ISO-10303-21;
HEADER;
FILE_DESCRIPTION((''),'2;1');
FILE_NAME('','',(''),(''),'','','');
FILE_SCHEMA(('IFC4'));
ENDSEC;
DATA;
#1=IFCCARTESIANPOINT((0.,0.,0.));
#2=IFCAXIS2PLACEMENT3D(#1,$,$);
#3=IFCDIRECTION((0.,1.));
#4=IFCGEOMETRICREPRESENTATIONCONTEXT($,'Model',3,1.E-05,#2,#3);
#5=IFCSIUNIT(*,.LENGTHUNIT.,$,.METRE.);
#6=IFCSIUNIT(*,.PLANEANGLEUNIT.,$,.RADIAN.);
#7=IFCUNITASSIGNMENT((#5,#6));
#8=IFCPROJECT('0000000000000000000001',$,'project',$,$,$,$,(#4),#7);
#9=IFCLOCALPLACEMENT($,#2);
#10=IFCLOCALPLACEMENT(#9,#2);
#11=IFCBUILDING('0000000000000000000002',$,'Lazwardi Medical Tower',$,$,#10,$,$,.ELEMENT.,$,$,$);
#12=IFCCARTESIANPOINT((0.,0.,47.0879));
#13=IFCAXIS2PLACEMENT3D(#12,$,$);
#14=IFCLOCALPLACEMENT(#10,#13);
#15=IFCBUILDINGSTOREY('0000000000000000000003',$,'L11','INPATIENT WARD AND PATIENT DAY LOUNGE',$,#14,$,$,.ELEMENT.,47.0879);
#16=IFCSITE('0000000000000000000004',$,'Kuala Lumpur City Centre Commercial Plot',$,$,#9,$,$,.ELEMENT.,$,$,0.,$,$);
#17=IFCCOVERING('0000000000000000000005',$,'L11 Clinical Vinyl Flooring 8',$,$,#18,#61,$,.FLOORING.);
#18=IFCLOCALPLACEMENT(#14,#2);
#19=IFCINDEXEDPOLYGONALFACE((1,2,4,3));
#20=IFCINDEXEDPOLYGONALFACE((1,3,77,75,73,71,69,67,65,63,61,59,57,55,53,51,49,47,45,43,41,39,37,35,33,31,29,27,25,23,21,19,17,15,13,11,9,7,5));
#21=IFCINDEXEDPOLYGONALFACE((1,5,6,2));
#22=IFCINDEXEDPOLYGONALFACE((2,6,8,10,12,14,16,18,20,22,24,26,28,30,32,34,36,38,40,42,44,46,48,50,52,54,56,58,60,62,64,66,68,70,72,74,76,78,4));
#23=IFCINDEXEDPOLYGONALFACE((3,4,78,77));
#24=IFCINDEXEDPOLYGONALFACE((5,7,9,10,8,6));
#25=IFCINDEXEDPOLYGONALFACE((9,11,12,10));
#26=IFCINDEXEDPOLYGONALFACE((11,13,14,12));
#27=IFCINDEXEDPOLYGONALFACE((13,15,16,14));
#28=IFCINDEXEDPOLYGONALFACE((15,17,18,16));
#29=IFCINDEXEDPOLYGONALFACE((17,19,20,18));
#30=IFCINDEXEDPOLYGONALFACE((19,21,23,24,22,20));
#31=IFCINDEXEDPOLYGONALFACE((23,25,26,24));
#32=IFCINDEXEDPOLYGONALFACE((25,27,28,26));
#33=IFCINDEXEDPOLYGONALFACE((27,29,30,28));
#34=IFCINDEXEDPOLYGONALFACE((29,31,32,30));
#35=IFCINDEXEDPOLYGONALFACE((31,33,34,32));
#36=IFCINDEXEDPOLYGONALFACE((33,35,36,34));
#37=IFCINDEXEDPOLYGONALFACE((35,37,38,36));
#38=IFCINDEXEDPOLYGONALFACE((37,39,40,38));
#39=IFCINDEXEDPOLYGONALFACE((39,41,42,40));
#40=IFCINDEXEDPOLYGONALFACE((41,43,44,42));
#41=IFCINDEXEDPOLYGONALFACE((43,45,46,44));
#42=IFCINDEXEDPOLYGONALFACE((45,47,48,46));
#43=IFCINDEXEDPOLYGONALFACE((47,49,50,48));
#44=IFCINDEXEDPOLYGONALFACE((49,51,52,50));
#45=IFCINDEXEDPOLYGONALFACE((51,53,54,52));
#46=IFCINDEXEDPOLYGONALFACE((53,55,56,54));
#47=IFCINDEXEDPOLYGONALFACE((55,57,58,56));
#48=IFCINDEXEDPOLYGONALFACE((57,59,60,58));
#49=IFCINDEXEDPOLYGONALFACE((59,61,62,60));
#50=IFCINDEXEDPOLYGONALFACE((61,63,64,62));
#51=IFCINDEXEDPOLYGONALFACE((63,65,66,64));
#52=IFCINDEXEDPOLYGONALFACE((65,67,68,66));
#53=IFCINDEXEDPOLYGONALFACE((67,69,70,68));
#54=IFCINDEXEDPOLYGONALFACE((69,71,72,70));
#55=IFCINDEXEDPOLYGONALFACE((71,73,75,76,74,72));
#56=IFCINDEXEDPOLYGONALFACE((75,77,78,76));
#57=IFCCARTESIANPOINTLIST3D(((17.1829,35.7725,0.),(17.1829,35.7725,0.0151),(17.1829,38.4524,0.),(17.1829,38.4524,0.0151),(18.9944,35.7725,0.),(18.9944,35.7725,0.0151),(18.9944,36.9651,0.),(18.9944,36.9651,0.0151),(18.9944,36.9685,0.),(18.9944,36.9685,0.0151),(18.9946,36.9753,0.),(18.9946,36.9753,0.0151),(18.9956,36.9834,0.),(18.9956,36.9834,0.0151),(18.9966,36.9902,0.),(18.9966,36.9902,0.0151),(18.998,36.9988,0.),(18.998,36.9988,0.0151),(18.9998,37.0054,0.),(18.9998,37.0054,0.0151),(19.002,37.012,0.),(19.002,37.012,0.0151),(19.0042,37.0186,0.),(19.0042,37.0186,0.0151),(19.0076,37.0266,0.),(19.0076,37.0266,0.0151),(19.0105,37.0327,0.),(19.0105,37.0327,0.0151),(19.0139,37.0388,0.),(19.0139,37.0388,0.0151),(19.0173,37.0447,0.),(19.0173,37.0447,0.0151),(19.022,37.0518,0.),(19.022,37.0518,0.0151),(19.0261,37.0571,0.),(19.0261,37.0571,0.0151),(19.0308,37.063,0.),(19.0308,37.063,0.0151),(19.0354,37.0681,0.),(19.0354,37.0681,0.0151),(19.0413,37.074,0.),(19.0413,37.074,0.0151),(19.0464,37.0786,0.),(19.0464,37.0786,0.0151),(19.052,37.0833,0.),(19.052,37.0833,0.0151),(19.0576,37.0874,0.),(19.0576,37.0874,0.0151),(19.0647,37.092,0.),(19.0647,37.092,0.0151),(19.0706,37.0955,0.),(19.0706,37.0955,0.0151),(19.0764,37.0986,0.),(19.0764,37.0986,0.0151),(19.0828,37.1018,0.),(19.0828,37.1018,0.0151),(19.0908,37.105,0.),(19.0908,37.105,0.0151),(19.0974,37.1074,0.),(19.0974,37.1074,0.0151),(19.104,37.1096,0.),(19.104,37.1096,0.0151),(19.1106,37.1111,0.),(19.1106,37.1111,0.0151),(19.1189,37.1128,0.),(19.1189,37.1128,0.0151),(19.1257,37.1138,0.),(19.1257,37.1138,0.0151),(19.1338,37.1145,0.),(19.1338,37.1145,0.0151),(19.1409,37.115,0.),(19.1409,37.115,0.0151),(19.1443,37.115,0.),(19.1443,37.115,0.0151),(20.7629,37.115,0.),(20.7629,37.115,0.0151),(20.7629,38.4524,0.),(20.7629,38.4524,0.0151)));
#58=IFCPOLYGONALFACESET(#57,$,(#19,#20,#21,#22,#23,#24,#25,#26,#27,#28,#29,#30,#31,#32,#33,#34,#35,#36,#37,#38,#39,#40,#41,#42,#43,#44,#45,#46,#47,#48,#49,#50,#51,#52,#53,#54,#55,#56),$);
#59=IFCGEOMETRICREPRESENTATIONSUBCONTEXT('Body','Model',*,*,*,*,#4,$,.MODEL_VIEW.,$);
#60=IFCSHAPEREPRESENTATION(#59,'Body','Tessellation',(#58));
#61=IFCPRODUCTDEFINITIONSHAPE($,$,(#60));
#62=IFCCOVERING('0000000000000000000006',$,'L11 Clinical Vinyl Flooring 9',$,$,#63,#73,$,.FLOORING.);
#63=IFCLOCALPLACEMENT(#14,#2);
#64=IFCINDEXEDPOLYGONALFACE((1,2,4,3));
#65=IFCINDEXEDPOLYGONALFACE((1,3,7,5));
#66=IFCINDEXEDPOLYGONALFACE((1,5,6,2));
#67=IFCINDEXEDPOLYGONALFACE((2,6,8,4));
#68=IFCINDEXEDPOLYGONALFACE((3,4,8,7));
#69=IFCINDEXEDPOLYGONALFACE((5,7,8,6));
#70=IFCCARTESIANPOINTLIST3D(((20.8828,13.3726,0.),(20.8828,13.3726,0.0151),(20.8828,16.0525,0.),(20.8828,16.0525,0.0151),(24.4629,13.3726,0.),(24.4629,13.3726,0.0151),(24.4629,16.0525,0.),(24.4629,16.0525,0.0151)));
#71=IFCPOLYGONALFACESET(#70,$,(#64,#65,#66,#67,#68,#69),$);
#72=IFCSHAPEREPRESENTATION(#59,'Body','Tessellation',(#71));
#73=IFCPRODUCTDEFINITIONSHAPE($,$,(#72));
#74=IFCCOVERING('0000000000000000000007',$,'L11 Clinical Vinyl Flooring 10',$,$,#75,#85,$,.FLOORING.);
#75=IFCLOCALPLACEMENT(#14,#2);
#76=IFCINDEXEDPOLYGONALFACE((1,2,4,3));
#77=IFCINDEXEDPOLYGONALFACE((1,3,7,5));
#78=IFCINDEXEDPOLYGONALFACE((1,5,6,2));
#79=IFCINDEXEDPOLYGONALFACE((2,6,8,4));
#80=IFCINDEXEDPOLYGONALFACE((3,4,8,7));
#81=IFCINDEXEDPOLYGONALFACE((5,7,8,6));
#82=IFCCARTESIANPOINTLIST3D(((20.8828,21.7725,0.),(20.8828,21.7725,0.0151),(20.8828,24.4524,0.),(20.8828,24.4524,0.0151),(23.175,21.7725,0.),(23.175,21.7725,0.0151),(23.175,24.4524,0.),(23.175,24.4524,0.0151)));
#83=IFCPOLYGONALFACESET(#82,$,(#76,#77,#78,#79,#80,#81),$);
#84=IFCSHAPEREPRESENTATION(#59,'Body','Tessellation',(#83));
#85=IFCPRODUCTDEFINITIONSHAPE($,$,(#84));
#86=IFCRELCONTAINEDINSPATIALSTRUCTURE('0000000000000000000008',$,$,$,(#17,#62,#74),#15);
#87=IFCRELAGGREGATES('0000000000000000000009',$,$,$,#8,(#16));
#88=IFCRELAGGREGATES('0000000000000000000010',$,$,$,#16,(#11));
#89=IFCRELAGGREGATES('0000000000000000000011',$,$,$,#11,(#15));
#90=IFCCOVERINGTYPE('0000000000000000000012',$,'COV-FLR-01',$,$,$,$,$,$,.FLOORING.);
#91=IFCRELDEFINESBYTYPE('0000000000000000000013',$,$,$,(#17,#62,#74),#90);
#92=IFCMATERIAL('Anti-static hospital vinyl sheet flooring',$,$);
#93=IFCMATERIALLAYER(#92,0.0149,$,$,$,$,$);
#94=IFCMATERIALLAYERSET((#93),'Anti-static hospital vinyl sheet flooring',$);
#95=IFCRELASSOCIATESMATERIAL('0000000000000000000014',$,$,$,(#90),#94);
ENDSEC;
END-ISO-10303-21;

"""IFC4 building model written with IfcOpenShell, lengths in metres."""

from ifc_helpers import new_model, si_unit, direction, frame, origin, place, context, subcontext, project, spatial, polyline, outline, extrude, material, layer, layer_set, type_object, element, save


model = new_model("IFC4")

# Units and contexts
model_context = context("Model", 3, precision=1e-05, world=origin(), true_north=direction((0.0, 1.0)))
body_context = subcontext(model_context, "Body", "Model", "MODEL_VIEW")
ifc_project = project(units=[si_unit("LENGTHUNIT", "METRE"), si_unit("PLANEANGLEUNIT", "RADIAN")], contexts=[model_context])

# Site, building, storey
site_placement = place(None, origin())
site = spatial("IfcSite", under=ifc_project, at=site_placement, Name="Kuala Lumpur City Centre Commercial Plot", CompositionType="ELEMENT", RefElevation=0.0)
building_placement = place(site_placement, origin())
building = spatial("IfcBuilding", under=site, at=building_placement, Name="Lazwardi Medical Tower", CompositionType="ELEMENT")
storey_placement = place(building_placement, frame((0.0, 0.0, 47.0879)))
storey = spatial("IfcBuildingStorey", under=building, at=storey_placement, Name="L11", Description="INPATIENT WARD AND PATIENT DAY LOUNGE", CompositionType="ELEMENT", Elevation=47.0879)

# Coverings
ifc_material_1 = material(Name="Anti-static hospital vinyl sheet flooring")
ifc_layer_1 = layer(ifc_material_1, 0.0149)
ifc_layer_set_1 = layer_set([ifc_layer_1], Name="Anti-static hospital vinyl sheet flooring")
covering_type_1 = type_object("IfcCoveringType", Name="COV-FLR-01", PredefinedType="FLOORING", material=ifc_layer_set_1)
covering_1_placement = place(storey_placement, origin())
element("IfcCovering", 1, at=covering_1_placement, inside=storey, type_object=covering_type_1, Name="L11 Clinical Vinyl Flooring 8", PredefinedType="FLOORING", context=body_context, shape_type="SweptSolid", body=[
    extrude(outline(polyline([(18.9944, 35.7725), (18.9944, 36.9651), (18.9944, 36.9685), (18.9946, 36.9753), (18.9956, 36.9834), (18.9966, 36.9902), (18.998, 36.9988), (18.9998, 37.0054), (19.002, 37.012), (19.0042, 37.0186), (19.0076, 37.0266), (19.0105, 37.0327), (19.0139, 37.0388), (19.0173, 37.0447), (19.022, 37.0518), (19.0261, 37.0571), (19.0308, 37.063), (19.0354, 37.0681), (19.0413, 37.074), (19.0464, 37.0786), (19.052, 37.0833), (19.0576, 37.0874), (19.0647, 37.092), (19.0706, 37.0955), (19.0764, 37.0986), (19.0828, 37.1018), (19.0908, 37.105), (19.0974, 37.1074), (19.104, 37.1096), (19.1106, 37.1111), (19.1189, 37.1128), (19.1257, 37.1138), (19.1338, 37.1145), (19.1409, 37.115), (19.1443, 37.115), (20.7629, 37.115), (20.7629, 38.4524), (17.1829, 38.4524), (17.1829, 35.7725), (18.9944, 35.7725)])), origin(), (0.0, 0.0, 1.0), 0.0151),
])
covering_2_placement = place(storey_placement, origin())
element("IfcCovering", 2, at=covering_2_placement, inside=storey, type_object=covering_type_1, Name="L11 Clinical Vinyl Flooring 9", PredefinedType="FLOORING", context=body_context, shape_type="SweptSolid", body=[
    extrude(outline(polyline([(24.4629, 13.3726), (24.4629, 16.0525), (20.8828, 16.0525), (20.8828, 13.3726), (24.4629, 13.3726)])), origin(), (0.0, 0.0, 1.0), 0.0151),
])
covering_3_placement = place(storey_placement, origin())
element("IfcCovering", 3, at=covering_3_placement, inside=storey, type_object=covering_type_1, Name="L11 Clinical Vinyl Flooring 10", PredefinedType="FLOORING", context=body_context, shape_type="SweptSolid", body=[
    extrude(outline(polyline([(23.175, 21.7725), (23.175, 24.4524), (20.8828, 24.4524), (20.8828, 21.7725), (23.175, 21.7725)])), origin(), (0.0, 0.0, 1.0), 0.0151),
])

save(model, "model.ifc")
